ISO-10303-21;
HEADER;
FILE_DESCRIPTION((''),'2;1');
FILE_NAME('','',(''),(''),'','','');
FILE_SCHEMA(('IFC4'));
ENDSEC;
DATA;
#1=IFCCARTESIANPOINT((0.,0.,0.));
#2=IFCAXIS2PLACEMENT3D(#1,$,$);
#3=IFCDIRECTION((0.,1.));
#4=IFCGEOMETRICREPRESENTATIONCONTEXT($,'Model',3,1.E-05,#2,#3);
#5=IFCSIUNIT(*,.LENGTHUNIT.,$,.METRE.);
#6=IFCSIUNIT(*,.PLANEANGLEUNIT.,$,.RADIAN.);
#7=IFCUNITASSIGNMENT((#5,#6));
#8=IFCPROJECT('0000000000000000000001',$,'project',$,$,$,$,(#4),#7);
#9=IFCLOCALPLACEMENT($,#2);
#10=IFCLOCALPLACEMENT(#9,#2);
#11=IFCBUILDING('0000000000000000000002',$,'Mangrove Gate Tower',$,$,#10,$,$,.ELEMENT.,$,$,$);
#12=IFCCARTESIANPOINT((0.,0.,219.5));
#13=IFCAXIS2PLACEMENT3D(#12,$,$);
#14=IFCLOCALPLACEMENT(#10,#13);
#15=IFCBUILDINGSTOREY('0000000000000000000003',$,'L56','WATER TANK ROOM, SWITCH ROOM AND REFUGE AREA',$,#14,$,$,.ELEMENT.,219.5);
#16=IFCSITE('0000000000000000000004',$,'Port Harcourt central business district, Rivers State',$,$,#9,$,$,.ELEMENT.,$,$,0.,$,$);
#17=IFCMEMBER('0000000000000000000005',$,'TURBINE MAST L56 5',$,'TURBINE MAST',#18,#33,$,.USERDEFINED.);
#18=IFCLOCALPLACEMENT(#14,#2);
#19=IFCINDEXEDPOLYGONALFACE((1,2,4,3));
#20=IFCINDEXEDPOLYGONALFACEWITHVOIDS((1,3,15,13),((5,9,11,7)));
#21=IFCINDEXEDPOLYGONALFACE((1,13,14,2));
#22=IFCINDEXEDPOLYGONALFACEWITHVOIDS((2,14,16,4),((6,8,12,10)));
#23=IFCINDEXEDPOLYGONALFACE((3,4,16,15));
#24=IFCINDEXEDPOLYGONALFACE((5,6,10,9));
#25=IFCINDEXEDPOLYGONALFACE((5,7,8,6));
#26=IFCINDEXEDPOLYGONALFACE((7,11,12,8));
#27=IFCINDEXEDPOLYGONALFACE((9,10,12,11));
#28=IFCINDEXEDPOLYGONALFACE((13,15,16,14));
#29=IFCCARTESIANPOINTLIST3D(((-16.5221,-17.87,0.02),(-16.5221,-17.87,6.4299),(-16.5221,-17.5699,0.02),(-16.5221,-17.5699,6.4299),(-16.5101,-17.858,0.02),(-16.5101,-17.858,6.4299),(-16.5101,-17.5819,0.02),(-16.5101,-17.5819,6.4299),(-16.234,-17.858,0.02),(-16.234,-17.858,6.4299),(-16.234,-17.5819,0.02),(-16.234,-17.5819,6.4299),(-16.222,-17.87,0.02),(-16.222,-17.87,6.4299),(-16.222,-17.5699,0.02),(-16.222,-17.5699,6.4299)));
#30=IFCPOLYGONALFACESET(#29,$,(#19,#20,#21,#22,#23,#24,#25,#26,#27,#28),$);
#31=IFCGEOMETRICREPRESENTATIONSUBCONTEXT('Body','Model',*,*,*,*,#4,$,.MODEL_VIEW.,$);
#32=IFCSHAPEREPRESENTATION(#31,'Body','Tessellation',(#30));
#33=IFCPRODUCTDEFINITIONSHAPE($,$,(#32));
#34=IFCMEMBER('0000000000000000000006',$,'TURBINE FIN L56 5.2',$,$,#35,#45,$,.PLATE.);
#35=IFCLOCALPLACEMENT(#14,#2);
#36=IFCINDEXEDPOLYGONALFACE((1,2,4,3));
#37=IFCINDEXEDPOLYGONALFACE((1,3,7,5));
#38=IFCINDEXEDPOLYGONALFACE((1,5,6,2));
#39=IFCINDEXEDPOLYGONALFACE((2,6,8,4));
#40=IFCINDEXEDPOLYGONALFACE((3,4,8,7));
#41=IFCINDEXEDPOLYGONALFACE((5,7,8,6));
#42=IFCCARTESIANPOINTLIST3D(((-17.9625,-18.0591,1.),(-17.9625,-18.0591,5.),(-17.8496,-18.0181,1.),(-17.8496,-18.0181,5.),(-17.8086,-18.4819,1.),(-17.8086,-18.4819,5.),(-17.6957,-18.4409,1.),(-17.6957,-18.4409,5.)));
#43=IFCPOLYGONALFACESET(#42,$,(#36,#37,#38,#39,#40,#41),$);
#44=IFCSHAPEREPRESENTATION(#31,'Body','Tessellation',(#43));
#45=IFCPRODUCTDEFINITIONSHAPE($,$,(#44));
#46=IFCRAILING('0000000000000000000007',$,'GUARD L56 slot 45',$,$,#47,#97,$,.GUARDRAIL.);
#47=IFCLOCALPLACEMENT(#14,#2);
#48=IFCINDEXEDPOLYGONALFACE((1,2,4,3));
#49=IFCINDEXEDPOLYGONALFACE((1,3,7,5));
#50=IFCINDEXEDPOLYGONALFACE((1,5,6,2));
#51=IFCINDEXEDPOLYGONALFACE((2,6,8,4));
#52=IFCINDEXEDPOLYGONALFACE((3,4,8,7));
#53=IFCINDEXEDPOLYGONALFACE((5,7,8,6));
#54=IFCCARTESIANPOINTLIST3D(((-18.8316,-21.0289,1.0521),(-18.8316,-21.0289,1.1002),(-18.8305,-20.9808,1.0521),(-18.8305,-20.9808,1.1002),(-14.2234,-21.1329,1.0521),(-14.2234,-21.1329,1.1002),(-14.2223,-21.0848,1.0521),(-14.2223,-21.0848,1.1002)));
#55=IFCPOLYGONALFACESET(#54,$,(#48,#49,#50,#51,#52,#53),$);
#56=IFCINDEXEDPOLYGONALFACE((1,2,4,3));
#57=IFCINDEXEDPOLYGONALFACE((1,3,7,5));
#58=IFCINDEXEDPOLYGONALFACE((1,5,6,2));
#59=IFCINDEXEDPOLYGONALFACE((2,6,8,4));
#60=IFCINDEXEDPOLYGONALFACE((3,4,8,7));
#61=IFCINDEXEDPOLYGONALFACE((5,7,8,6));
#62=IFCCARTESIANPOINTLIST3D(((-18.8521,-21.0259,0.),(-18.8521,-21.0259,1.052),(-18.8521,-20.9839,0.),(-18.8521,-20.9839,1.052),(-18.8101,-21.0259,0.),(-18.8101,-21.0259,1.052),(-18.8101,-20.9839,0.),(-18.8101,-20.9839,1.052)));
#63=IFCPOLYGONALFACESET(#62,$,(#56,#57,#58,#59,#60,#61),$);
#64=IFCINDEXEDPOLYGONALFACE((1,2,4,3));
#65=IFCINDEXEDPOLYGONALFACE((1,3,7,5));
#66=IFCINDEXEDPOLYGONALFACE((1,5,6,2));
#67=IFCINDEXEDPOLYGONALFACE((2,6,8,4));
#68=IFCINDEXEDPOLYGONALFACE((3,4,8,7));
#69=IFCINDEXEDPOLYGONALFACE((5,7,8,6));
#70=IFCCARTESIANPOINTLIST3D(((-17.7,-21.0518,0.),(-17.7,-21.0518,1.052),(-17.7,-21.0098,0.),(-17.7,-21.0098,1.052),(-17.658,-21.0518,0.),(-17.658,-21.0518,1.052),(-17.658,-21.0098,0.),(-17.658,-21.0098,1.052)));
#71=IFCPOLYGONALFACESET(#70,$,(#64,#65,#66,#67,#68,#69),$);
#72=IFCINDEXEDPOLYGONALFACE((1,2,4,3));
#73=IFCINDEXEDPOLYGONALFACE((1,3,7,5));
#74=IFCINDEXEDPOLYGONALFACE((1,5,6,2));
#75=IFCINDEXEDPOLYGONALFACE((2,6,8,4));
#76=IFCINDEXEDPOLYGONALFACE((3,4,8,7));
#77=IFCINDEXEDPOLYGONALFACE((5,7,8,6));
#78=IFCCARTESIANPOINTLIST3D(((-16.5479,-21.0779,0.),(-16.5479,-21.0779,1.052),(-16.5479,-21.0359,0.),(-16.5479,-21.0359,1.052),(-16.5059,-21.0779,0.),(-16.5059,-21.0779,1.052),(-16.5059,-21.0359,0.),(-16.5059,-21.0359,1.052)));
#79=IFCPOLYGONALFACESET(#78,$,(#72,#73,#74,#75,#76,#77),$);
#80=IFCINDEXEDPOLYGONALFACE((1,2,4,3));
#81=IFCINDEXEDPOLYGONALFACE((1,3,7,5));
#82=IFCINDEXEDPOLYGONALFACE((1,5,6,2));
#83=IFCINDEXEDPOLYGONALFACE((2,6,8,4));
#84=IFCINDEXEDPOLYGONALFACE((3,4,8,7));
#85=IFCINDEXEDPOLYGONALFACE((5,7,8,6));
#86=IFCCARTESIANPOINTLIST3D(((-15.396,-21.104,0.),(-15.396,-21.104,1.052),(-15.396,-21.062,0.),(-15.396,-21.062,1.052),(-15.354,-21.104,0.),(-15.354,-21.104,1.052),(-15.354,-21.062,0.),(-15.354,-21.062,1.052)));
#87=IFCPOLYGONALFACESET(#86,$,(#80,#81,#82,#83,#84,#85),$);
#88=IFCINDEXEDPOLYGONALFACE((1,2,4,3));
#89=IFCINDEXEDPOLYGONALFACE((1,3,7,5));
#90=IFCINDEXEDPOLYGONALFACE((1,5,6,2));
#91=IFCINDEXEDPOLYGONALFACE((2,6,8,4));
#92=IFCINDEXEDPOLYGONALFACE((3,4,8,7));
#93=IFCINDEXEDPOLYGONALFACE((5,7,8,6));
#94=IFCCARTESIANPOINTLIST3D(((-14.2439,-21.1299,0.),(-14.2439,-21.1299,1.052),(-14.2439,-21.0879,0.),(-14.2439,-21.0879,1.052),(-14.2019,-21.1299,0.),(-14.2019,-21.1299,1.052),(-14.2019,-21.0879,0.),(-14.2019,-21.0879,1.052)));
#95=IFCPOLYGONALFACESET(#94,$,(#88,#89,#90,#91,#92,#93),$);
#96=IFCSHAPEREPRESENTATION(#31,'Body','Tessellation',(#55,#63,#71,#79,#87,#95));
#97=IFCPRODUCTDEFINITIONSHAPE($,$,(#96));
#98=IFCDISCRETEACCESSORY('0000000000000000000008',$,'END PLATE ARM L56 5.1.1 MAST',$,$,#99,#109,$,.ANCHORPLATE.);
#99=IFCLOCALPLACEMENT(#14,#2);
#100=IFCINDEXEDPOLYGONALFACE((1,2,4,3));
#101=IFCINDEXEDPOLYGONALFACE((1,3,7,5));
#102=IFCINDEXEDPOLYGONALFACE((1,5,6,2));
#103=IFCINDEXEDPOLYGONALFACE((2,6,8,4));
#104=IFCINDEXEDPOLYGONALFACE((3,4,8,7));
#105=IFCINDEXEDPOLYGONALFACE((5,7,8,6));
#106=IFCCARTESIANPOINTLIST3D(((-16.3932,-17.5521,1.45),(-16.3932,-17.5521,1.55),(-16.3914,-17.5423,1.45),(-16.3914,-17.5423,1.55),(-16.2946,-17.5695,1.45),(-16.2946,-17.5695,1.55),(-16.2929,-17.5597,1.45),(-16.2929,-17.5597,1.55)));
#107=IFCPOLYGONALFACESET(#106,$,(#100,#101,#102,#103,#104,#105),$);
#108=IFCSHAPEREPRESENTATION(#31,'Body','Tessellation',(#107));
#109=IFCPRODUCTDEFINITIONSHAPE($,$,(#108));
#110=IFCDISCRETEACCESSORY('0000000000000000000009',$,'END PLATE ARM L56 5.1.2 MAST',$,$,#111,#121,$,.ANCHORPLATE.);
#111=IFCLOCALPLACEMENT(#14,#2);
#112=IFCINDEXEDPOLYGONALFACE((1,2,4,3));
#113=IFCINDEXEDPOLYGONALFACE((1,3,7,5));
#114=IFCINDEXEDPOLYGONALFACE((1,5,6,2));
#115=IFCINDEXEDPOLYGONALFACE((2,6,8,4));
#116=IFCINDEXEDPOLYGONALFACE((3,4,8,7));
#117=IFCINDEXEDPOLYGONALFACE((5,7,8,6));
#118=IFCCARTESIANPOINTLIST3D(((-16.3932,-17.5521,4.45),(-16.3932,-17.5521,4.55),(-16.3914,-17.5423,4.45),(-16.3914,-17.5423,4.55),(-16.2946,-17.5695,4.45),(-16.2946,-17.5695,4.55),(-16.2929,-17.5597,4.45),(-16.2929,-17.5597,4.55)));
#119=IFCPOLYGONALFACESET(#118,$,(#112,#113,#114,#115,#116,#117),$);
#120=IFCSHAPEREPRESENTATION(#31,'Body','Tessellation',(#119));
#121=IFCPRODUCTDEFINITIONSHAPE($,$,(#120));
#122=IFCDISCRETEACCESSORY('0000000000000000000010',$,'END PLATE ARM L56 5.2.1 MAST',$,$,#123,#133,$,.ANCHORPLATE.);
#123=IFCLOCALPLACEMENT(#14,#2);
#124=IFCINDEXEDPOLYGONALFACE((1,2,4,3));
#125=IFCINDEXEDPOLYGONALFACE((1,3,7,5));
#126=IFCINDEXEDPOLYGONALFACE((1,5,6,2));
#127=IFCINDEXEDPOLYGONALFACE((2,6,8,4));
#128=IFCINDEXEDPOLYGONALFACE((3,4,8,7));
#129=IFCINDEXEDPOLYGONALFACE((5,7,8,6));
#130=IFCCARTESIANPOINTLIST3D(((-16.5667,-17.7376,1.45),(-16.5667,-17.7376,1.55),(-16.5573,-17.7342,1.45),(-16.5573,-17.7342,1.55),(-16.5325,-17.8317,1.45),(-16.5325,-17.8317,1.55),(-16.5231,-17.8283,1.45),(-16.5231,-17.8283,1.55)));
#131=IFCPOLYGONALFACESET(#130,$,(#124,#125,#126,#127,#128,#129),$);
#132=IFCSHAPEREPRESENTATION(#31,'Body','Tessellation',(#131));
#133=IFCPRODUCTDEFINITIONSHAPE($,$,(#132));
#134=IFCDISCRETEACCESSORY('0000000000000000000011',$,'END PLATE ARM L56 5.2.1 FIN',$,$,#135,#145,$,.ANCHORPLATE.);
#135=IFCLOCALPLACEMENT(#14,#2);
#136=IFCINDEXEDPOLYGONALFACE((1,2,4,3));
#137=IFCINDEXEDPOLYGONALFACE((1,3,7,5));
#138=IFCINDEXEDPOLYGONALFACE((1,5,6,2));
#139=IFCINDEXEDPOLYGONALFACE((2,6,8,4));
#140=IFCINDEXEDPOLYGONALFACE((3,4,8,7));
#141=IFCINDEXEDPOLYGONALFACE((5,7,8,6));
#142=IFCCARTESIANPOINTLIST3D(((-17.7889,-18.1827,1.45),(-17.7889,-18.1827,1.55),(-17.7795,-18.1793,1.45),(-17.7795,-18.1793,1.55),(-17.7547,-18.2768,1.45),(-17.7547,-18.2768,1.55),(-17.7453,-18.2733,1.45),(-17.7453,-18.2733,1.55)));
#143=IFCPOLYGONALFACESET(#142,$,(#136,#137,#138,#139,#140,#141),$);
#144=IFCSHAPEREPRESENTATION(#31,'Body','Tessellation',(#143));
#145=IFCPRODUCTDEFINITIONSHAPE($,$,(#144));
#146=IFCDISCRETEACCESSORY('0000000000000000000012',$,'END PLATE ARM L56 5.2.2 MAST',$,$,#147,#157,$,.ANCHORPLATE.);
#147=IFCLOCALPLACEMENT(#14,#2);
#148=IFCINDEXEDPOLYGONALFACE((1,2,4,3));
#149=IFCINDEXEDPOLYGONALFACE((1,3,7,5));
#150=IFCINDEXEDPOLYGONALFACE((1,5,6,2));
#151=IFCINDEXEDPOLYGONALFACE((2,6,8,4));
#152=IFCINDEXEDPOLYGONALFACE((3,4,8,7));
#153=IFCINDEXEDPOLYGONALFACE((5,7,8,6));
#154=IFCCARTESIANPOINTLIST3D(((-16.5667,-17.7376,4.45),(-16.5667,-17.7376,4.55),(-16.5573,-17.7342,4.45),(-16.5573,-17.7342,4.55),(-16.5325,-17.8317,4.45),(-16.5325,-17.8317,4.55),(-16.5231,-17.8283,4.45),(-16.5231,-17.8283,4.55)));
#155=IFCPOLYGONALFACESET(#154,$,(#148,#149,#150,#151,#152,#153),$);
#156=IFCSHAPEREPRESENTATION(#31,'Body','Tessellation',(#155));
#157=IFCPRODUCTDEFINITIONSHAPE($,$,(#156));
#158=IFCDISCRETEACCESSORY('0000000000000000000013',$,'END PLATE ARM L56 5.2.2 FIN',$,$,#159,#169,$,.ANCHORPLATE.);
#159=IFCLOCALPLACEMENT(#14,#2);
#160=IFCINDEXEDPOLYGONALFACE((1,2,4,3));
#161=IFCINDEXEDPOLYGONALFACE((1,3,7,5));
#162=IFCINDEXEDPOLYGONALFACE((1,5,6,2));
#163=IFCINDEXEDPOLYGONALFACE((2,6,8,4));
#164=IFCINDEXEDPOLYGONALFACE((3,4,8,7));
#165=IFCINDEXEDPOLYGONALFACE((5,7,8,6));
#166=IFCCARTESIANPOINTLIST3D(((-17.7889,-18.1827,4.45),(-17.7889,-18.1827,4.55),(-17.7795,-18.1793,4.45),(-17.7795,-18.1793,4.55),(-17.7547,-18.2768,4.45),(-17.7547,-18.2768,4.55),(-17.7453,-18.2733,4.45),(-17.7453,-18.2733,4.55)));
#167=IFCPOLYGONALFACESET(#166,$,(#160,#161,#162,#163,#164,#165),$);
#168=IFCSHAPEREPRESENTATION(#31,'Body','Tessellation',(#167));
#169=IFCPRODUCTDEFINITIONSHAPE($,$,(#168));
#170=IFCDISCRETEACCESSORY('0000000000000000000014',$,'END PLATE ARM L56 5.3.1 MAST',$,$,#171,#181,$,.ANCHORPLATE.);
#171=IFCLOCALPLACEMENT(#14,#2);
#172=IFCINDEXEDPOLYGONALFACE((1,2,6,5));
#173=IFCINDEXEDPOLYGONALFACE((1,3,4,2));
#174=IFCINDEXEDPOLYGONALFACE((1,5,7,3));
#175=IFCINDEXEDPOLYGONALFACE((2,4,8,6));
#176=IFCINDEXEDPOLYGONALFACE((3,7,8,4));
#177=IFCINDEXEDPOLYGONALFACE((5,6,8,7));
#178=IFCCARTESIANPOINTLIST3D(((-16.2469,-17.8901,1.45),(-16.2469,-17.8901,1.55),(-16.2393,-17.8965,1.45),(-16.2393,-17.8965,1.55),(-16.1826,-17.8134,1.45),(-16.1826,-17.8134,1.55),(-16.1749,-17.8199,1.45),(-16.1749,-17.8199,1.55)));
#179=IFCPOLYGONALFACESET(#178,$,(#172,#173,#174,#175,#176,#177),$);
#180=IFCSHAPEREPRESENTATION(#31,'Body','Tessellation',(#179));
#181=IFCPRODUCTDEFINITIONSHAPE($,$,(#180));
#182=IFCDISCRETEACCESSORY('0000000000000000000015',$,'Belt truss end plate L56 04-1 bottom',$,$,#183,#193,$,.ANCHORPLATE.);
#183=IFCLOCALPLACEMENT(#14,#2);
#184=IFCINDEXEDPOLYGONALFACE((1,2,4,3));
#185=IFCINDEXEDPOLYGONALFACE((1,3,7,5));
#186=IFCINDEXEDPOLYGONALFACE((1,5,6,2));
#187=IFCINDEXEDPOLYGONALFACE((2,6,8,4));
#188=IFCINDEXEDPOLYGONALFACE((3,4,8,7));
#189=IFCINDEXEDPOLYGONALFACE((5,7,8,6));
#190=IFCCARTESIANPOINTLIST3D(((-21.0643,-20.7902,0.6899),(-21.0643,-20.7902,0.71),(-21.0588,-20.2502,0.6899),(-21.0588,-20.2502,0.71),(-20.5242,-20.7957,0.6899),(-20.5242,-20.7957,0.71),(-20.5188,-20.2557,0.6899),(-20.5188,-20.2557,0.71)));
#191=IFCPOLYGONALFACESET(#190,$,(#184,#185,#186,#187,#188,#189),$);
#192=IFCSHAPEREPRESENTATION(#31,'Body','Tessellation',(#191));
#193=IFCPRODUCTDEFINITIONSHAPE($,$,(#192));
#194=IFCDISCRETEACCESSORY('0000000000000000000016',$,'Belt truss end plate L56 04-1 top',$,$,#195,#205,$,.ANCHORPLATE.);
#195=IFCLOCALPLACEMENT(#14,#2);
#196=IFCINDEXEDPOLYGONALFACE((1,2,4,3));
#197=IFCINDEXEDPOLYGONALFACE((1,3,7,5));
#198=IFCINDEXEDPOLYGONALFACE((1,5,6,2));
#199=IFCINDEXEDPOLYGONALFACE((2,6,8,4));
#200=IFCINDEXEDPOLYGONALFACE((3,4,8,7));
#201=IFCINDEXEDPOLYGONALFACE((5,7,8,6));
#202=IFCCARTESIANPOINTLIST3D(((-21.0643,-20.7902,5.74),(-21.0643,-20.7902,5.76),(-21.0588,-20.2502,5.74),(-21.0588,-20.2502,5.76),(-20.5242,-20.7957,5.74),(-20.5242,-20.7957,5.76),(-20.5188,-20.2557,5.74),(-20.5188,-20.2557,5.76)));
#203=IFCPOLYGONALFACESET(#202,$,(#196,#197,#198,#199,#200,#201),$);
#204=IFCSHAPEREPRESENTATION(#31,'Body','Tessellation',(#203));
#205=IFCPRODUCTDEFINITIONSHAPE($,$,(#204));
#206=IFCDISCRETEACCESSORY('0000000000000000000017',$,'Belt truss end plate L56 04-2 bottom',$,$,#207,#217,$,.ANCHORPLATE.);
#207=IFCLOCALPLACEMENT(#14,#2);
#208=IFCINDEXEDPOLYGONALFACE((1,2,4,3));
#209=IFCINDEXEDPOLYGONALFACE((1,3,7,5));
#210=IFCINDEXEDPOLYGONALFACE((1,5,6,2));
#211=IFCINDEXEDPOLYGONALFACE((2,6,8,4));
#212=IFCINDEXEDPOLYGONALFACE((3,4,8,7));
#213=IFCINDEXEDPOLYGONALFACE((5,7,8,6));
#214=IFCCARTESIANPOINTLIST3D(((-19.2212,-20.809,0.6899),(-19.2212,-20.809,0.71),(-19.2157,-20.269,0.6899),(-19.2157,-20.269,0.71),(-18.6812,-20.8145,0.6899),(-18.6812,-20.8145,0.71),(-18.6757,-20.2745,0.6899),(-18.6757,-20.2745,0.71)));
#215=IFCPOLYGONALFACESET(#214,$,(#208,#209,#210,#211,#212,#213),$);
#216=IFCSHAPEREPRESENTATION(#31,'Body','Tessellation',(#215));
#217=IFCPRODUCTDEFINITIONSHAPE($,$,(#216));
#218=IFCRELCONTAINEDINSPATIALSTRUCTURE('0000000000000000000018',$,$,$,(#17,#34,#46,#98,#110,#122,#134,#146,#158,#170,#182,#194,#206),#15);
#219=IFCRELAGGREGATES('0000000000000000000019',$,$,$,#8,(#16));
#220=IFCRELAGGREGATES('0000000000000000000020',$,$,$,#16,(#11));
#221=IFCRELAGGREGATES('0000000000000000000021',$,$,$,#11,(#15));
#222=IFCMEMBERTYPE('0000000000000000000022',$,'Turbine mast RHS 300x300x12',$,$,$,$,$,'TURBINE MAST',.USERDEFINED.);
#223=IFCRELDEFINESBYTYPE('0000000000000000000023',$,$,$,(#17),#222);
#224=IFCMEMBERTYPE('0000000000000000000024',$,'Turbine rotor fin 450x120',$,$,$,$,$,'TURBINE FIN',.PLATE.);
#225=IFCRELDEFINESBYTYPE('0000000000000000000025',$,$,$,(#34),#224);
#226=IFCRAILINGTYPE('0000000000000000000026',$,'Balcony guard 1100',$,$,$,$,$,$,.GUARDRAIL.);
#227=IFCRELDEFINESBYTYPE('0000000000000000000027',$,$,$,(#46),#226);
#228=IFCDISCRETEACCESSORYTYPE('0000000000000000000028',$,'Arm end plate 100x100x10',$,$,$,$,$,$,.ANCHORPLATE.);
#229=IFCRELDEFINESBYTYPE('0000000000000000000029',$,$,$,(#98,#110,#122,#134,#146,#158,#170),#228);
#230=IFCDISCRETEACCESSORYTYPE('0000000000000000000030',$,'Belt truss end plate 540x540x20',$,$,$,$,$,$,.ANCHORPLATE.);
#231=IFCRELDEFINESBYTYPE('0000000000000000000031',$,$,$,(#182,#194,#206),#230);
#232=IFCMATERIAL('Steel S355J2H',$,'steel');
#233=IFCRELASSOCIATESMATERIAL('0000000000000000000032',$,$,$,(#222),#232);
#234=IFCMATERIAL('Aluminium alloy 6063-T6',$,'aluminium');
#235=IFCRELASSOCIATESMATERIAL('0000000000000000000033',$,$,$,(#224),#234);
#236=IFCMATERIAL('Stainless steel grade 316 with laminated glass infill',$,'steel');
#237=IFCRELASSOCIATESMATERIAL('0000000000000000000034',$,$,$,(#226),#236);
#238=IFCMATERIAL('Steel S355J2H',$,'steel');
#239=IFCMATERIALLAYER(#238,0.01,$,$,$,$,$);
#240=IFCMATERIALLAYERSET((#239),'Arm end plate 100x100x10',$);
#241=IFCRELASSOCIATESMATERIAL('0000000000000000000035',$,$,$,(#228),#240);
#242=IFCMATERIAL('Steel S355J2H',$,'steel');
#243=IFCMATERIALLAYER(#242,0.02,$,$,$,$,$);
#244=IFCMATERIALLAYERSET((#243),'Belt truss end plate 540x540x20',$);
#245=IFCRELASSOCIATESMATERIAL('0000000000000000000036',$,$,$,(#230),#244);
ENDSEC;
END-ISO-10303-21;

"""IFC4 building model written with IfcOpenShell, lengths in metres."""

from ifc_helpers import new_model, si_unit, direction, frame, origin, origin_2d, place, context, subcontext, project, spatial, rectangle, hollow_rectangle, extrude, material, layer, layer_set, material_profile, profile_set, type_object, element, save


model = new_model("IFC4")

# Units and contexts
model_context = context("Model", 3, precision=1e-05, world=origin(), true_north=direction((0.0, 1.0)))
body_context = subcontext(model_context, "Body", "Model", "MODEL_VIEW")
ifc_project = project(units=[si_unit("LENGTHUNIT", "METRE"), si_unit("PLANEANGLEUNIT", "RADIAN")], contexts=[model_context])

# Site, building, storey
site_placement = place(None, origin())
site = spatial("IfcSite", under=ifc_project, at=site_placement, Name="Port Harcourt central business district, Rivers State", CompositionType="ELEMENT", RefElevation=0.0)
building_placement = place(site_placement, origin())
building = spatial("IfcBuilding", under=site, at=building_placement, Name="Mangrove Gate Tower", CompositionType="ELEMENT")
storey_placement = place(building_placement, frame((0.0, 0.0, 219.5)))
storey = spatial("IfcBuildingStorey", under=building, at=storey_placement, Name="L56", Description="WATER TANK ROOM, SWITCH ROOM AND REFUGE AREA", CompositionType="ELEMENT", Elevation=219.5)

# Members
ifc_material_1 = material(Name="Steel S355J2H", Category="steel")
ifc_material_profile_1 = material_profile(ifc_material_1, hollow_rectangle(XDim=0.3, YDim=0.3, WallThickness=0.012, at=origin_2d()))
ifc_profile_set_1 = profile_set([ifc_material_profile_1], Name="Steel S355J2H")
member_type_1 = type_object("IfcMemberType", Name="Turbine mast RHS 300x300x12", ElementType="TURBINE MAST", PredefinedType="USERDEFINED", material=ifc_profile_set_1)
member_1_placement = place(storey_placement, frame((-16.3721, -17.72, 0.02), z_axis=(0.0, 0.0, 1.0), x_axis=(1.0, 0.0, 0.0)))
element("IfcMember", 1, at=member_1_placement, inside=storey, type_object=member_type_1, Name="TURBINE MAST L56 5", ObjectType="TURBINE MAST", PredefinedType="USERDEFINED", context=body_context, shape_type="SweptSolid", body=[
    extrude(hollow_rectangle(XDim=0.3, YDim=0.3, WallThickness=0.012, at=origin_2d()), origin(), (0.0, 0.0, 1.0), 6.4099),
])
ifc_material_2 = material(Name="Aluminium alloy 6063-T6", Category="aluminium")
ifc_material_profile_2 = material_profile(ifc_material_2, rectangle(XDim=0.45, YDim=0.1201, at=origin_2d()))
ifc_profile_set_2 = profile_set([ifc_material_profile_2], Name="Aluminium alloy 6063-T6")
member_type_2 = type_object("IfcMemberType", Name="Turbine rotor fin 450x120", ElementType="TURBINE FIN", PredefinedType="PLATE", material=ifc_profile_set_2)
member_2_placement = place(storey_placement, frame((-17.8291, -18.25, 1.0), z_axis=(0.0, 0.0, 1.0), x_axis=(0.34202, -0.939693, 0.0)))
element("IfcMember", 2, at=member_2_placement, inside=storey, type_object=member_type_2, Name="TURBINE FIN L56 5.2", PredefinedType="PLATE", context=body_context, shape_type="SweptSolid", body=[
    extrude(rectangle(XDim=0.45, YDim=0.1201, at=origin_2d()), origin(), (0.0, 0.0, 1.0), 4.0),
])

# Railing
ifc_material_3 = material(Name="Stainless steel grade 316 with laminated glass infill", Category="steel")
railing_type = type_object("IfcRailingType", Name="Balcony guard 1100", PredefinedType="GUARDRAIL", material=ifc_material_3)
railing_placement = place(storey_placement, frame((-18.8311, -21.0049, 0.0)))
element("IfcRailing", 3, at=railing_placement, inside=storey, type_object=railing_type, Name="GUARD L56 slot 45", PredefinedType="GUARDRAIL", context=body_context, shape_type="SweptSolid", body=[
    extrude(rectangle(XDim=0.0481, YDim=0.0481, at=origin_2d()), frame((0.0, 0.0, 1.0762), z_axis=(0.999745, -0.022564, 0.0), x_axis=(0.022564, 0.999745, 0.0)), (0.0, 0.0, 1.0), 4.6094),
    extrude(rectangle(XDim=0.042, YDim=0.042, at=origin_2d()), origin(), (0.0, 0.0, 1.0), 1.052),
    extrude(rectangle(XDim=0.042, YDim=0.042, at=origin_2d()), frame((1.1521, -0.0259, 0.0)), (0.0, 0.0, 1.0), 1.052),
    extrude(rectangle(XDim=0.042, YDim=0.042, at=origin_2d()), frame((2.3042, -0.052, 0.0)), (0.0, 0.0, 1.0), 1.052),
    extrude(rectangle(XDim=0.042, YDim=0.042, at=origin_2d()), frame((3.4561, -0.0781, 0.0)), (0.0, 0.0, 1.0), 1.052),
    extrude(rectangle(XDim=0.042, YDim=0.042, at=origin_2d()), frame((4.6082, -0.104, 0.0)), (0.0, 0.0, 1.0), 1.052),
])

# Discrete accessories
ifc_material_4 = material(Name="Steel S355J2H", Category="steel")
ifc_layer_1 = layer(ifc_material_4, 0.01)
ifc_layer_set_1 = layer_set([ifc_layer_1], Name="Arm end plate 100x100x10")
discrete_accessory_type_1 = type_object("IfcDiscreteAccessoryType", Name="Arm end plate 100x100x10", PredefinedType="ANCHORPLATE", material=ifc_layer_set_1)
for number, where, z_axis, x_axis, name in (
    (4, (-16.343, -17.5559, 1.45), (0.0, 0.0, 1.0), (0.173648, 0.984808, 0.0), "END PLATE ARM L56 5.1.1 MAST"),
    (5, (-16.343, -17.5559, 4.45), (0.0, 0.0, 1.0), (0.173648, 0.984808, 0.0), "END PLATE ARM L56 5.1.2 MAST"),
    (6, (-16.5449, -17.783, 1.45), (0.0, 0.0, 1.0), (-0.939693, -0.34202, 0.0), "END PLATE ARM L56 5.2.1 MAST"),
    (7, (-17.7671, -18.228, 1.45), (0.0, 0.0, 1.0), (-0.939693, -0.34202, 0.0), "END PLATE ARM L56 5.2.1 FIN"),
    (8, (-16.5449, -17.783, 4.45), (0.0, 0.0, 1.0), (-0.939693, -0.34202, 0.0), "END PLATE ARM L56 5.2.2 MAST"),
    (9, (-17.7671, -18.228, 4.45), (0.0, 0.0, 1.0), (-0.939693, -0.34202, 0.0), "END PLATE ARM L56 5.2.2 FIN"),
    (10, (-16.2109, -17.855, 1.45), (0.0, 0.0, 1.0), (0.766044, -0.642788, 0.0), "END PLATE ARM L56 5.3.1 MAST"),
):
    element("IfcDiscreteAccessory", number, at=place(storey_placement, frame(where, z_axis=z_axis, x_axis=x_axis)), inside=storey, type_object=discrete_accessory_type_1, Name=name, PredefinedType="ANCHORPLATE", context=body_context, shape_type="SweptSolid", body=[
        extrude(rectangle(XDim=0.01, YDim=0.1001, at=origin_2d()), origin(), (0.0, 0.0, 1.0), 0.1001),
    ])
ifc_material_5 = material(Name="Steel S355J2H", Category="steel")
ifc_layer_2 = layer(ifc_material_5, 0.02)
ifc_layer_set_2 = layer_set([ifc_layer_2], Name="Belt truss end plate 540x540x20")
discrete_accessory_type_2 = type_object("IfcDiscreteAccessoryType", Name="Belt truss end plate 540x540x20", PredefinedType="ANCHORPLATE", material=ifc_layer_set_2)
for number, where, z_axis, x_axis, name in (
    (11, (-20.7915, -20.5229, 0.6899), (0.0, 0.0, 1.0), (0.999948, -0.010176, 0.0), "Belt truss end plate L56 04-1 bottom"),
    (12, (-20.7915, -20.5229, 5.74), (0.0, 0.0, 1.0), (0.999948, -0.010176, 0.0), "Belt truss end plate L56 04-1 top"),
    (13, (-18.9485, -20.5417, 0.6899), (0.0, 0.0, 1.0), (0.999948, -0.010176, 0.0), "Belt truss end plate L56 04-2 bottom"),
):
    element("IfcDiscreteAccessory", number, at=place(storey_placement, frame(where, z_axis=z_axis, x_axis=x_axis)), inside=storey, type_object=discrete_accessory_type_2, Name=name, PredefinedType="ANCHORPLATE", context=body_context, shape_type="SweptSolid", body=[
        extrude(rectangle(XDim=0.54, YDim=0.54, at=origin_2d()), origin(), (0.0, 0.0, 1.0), 0.02),
    ])

save(model, "model.ifc")
